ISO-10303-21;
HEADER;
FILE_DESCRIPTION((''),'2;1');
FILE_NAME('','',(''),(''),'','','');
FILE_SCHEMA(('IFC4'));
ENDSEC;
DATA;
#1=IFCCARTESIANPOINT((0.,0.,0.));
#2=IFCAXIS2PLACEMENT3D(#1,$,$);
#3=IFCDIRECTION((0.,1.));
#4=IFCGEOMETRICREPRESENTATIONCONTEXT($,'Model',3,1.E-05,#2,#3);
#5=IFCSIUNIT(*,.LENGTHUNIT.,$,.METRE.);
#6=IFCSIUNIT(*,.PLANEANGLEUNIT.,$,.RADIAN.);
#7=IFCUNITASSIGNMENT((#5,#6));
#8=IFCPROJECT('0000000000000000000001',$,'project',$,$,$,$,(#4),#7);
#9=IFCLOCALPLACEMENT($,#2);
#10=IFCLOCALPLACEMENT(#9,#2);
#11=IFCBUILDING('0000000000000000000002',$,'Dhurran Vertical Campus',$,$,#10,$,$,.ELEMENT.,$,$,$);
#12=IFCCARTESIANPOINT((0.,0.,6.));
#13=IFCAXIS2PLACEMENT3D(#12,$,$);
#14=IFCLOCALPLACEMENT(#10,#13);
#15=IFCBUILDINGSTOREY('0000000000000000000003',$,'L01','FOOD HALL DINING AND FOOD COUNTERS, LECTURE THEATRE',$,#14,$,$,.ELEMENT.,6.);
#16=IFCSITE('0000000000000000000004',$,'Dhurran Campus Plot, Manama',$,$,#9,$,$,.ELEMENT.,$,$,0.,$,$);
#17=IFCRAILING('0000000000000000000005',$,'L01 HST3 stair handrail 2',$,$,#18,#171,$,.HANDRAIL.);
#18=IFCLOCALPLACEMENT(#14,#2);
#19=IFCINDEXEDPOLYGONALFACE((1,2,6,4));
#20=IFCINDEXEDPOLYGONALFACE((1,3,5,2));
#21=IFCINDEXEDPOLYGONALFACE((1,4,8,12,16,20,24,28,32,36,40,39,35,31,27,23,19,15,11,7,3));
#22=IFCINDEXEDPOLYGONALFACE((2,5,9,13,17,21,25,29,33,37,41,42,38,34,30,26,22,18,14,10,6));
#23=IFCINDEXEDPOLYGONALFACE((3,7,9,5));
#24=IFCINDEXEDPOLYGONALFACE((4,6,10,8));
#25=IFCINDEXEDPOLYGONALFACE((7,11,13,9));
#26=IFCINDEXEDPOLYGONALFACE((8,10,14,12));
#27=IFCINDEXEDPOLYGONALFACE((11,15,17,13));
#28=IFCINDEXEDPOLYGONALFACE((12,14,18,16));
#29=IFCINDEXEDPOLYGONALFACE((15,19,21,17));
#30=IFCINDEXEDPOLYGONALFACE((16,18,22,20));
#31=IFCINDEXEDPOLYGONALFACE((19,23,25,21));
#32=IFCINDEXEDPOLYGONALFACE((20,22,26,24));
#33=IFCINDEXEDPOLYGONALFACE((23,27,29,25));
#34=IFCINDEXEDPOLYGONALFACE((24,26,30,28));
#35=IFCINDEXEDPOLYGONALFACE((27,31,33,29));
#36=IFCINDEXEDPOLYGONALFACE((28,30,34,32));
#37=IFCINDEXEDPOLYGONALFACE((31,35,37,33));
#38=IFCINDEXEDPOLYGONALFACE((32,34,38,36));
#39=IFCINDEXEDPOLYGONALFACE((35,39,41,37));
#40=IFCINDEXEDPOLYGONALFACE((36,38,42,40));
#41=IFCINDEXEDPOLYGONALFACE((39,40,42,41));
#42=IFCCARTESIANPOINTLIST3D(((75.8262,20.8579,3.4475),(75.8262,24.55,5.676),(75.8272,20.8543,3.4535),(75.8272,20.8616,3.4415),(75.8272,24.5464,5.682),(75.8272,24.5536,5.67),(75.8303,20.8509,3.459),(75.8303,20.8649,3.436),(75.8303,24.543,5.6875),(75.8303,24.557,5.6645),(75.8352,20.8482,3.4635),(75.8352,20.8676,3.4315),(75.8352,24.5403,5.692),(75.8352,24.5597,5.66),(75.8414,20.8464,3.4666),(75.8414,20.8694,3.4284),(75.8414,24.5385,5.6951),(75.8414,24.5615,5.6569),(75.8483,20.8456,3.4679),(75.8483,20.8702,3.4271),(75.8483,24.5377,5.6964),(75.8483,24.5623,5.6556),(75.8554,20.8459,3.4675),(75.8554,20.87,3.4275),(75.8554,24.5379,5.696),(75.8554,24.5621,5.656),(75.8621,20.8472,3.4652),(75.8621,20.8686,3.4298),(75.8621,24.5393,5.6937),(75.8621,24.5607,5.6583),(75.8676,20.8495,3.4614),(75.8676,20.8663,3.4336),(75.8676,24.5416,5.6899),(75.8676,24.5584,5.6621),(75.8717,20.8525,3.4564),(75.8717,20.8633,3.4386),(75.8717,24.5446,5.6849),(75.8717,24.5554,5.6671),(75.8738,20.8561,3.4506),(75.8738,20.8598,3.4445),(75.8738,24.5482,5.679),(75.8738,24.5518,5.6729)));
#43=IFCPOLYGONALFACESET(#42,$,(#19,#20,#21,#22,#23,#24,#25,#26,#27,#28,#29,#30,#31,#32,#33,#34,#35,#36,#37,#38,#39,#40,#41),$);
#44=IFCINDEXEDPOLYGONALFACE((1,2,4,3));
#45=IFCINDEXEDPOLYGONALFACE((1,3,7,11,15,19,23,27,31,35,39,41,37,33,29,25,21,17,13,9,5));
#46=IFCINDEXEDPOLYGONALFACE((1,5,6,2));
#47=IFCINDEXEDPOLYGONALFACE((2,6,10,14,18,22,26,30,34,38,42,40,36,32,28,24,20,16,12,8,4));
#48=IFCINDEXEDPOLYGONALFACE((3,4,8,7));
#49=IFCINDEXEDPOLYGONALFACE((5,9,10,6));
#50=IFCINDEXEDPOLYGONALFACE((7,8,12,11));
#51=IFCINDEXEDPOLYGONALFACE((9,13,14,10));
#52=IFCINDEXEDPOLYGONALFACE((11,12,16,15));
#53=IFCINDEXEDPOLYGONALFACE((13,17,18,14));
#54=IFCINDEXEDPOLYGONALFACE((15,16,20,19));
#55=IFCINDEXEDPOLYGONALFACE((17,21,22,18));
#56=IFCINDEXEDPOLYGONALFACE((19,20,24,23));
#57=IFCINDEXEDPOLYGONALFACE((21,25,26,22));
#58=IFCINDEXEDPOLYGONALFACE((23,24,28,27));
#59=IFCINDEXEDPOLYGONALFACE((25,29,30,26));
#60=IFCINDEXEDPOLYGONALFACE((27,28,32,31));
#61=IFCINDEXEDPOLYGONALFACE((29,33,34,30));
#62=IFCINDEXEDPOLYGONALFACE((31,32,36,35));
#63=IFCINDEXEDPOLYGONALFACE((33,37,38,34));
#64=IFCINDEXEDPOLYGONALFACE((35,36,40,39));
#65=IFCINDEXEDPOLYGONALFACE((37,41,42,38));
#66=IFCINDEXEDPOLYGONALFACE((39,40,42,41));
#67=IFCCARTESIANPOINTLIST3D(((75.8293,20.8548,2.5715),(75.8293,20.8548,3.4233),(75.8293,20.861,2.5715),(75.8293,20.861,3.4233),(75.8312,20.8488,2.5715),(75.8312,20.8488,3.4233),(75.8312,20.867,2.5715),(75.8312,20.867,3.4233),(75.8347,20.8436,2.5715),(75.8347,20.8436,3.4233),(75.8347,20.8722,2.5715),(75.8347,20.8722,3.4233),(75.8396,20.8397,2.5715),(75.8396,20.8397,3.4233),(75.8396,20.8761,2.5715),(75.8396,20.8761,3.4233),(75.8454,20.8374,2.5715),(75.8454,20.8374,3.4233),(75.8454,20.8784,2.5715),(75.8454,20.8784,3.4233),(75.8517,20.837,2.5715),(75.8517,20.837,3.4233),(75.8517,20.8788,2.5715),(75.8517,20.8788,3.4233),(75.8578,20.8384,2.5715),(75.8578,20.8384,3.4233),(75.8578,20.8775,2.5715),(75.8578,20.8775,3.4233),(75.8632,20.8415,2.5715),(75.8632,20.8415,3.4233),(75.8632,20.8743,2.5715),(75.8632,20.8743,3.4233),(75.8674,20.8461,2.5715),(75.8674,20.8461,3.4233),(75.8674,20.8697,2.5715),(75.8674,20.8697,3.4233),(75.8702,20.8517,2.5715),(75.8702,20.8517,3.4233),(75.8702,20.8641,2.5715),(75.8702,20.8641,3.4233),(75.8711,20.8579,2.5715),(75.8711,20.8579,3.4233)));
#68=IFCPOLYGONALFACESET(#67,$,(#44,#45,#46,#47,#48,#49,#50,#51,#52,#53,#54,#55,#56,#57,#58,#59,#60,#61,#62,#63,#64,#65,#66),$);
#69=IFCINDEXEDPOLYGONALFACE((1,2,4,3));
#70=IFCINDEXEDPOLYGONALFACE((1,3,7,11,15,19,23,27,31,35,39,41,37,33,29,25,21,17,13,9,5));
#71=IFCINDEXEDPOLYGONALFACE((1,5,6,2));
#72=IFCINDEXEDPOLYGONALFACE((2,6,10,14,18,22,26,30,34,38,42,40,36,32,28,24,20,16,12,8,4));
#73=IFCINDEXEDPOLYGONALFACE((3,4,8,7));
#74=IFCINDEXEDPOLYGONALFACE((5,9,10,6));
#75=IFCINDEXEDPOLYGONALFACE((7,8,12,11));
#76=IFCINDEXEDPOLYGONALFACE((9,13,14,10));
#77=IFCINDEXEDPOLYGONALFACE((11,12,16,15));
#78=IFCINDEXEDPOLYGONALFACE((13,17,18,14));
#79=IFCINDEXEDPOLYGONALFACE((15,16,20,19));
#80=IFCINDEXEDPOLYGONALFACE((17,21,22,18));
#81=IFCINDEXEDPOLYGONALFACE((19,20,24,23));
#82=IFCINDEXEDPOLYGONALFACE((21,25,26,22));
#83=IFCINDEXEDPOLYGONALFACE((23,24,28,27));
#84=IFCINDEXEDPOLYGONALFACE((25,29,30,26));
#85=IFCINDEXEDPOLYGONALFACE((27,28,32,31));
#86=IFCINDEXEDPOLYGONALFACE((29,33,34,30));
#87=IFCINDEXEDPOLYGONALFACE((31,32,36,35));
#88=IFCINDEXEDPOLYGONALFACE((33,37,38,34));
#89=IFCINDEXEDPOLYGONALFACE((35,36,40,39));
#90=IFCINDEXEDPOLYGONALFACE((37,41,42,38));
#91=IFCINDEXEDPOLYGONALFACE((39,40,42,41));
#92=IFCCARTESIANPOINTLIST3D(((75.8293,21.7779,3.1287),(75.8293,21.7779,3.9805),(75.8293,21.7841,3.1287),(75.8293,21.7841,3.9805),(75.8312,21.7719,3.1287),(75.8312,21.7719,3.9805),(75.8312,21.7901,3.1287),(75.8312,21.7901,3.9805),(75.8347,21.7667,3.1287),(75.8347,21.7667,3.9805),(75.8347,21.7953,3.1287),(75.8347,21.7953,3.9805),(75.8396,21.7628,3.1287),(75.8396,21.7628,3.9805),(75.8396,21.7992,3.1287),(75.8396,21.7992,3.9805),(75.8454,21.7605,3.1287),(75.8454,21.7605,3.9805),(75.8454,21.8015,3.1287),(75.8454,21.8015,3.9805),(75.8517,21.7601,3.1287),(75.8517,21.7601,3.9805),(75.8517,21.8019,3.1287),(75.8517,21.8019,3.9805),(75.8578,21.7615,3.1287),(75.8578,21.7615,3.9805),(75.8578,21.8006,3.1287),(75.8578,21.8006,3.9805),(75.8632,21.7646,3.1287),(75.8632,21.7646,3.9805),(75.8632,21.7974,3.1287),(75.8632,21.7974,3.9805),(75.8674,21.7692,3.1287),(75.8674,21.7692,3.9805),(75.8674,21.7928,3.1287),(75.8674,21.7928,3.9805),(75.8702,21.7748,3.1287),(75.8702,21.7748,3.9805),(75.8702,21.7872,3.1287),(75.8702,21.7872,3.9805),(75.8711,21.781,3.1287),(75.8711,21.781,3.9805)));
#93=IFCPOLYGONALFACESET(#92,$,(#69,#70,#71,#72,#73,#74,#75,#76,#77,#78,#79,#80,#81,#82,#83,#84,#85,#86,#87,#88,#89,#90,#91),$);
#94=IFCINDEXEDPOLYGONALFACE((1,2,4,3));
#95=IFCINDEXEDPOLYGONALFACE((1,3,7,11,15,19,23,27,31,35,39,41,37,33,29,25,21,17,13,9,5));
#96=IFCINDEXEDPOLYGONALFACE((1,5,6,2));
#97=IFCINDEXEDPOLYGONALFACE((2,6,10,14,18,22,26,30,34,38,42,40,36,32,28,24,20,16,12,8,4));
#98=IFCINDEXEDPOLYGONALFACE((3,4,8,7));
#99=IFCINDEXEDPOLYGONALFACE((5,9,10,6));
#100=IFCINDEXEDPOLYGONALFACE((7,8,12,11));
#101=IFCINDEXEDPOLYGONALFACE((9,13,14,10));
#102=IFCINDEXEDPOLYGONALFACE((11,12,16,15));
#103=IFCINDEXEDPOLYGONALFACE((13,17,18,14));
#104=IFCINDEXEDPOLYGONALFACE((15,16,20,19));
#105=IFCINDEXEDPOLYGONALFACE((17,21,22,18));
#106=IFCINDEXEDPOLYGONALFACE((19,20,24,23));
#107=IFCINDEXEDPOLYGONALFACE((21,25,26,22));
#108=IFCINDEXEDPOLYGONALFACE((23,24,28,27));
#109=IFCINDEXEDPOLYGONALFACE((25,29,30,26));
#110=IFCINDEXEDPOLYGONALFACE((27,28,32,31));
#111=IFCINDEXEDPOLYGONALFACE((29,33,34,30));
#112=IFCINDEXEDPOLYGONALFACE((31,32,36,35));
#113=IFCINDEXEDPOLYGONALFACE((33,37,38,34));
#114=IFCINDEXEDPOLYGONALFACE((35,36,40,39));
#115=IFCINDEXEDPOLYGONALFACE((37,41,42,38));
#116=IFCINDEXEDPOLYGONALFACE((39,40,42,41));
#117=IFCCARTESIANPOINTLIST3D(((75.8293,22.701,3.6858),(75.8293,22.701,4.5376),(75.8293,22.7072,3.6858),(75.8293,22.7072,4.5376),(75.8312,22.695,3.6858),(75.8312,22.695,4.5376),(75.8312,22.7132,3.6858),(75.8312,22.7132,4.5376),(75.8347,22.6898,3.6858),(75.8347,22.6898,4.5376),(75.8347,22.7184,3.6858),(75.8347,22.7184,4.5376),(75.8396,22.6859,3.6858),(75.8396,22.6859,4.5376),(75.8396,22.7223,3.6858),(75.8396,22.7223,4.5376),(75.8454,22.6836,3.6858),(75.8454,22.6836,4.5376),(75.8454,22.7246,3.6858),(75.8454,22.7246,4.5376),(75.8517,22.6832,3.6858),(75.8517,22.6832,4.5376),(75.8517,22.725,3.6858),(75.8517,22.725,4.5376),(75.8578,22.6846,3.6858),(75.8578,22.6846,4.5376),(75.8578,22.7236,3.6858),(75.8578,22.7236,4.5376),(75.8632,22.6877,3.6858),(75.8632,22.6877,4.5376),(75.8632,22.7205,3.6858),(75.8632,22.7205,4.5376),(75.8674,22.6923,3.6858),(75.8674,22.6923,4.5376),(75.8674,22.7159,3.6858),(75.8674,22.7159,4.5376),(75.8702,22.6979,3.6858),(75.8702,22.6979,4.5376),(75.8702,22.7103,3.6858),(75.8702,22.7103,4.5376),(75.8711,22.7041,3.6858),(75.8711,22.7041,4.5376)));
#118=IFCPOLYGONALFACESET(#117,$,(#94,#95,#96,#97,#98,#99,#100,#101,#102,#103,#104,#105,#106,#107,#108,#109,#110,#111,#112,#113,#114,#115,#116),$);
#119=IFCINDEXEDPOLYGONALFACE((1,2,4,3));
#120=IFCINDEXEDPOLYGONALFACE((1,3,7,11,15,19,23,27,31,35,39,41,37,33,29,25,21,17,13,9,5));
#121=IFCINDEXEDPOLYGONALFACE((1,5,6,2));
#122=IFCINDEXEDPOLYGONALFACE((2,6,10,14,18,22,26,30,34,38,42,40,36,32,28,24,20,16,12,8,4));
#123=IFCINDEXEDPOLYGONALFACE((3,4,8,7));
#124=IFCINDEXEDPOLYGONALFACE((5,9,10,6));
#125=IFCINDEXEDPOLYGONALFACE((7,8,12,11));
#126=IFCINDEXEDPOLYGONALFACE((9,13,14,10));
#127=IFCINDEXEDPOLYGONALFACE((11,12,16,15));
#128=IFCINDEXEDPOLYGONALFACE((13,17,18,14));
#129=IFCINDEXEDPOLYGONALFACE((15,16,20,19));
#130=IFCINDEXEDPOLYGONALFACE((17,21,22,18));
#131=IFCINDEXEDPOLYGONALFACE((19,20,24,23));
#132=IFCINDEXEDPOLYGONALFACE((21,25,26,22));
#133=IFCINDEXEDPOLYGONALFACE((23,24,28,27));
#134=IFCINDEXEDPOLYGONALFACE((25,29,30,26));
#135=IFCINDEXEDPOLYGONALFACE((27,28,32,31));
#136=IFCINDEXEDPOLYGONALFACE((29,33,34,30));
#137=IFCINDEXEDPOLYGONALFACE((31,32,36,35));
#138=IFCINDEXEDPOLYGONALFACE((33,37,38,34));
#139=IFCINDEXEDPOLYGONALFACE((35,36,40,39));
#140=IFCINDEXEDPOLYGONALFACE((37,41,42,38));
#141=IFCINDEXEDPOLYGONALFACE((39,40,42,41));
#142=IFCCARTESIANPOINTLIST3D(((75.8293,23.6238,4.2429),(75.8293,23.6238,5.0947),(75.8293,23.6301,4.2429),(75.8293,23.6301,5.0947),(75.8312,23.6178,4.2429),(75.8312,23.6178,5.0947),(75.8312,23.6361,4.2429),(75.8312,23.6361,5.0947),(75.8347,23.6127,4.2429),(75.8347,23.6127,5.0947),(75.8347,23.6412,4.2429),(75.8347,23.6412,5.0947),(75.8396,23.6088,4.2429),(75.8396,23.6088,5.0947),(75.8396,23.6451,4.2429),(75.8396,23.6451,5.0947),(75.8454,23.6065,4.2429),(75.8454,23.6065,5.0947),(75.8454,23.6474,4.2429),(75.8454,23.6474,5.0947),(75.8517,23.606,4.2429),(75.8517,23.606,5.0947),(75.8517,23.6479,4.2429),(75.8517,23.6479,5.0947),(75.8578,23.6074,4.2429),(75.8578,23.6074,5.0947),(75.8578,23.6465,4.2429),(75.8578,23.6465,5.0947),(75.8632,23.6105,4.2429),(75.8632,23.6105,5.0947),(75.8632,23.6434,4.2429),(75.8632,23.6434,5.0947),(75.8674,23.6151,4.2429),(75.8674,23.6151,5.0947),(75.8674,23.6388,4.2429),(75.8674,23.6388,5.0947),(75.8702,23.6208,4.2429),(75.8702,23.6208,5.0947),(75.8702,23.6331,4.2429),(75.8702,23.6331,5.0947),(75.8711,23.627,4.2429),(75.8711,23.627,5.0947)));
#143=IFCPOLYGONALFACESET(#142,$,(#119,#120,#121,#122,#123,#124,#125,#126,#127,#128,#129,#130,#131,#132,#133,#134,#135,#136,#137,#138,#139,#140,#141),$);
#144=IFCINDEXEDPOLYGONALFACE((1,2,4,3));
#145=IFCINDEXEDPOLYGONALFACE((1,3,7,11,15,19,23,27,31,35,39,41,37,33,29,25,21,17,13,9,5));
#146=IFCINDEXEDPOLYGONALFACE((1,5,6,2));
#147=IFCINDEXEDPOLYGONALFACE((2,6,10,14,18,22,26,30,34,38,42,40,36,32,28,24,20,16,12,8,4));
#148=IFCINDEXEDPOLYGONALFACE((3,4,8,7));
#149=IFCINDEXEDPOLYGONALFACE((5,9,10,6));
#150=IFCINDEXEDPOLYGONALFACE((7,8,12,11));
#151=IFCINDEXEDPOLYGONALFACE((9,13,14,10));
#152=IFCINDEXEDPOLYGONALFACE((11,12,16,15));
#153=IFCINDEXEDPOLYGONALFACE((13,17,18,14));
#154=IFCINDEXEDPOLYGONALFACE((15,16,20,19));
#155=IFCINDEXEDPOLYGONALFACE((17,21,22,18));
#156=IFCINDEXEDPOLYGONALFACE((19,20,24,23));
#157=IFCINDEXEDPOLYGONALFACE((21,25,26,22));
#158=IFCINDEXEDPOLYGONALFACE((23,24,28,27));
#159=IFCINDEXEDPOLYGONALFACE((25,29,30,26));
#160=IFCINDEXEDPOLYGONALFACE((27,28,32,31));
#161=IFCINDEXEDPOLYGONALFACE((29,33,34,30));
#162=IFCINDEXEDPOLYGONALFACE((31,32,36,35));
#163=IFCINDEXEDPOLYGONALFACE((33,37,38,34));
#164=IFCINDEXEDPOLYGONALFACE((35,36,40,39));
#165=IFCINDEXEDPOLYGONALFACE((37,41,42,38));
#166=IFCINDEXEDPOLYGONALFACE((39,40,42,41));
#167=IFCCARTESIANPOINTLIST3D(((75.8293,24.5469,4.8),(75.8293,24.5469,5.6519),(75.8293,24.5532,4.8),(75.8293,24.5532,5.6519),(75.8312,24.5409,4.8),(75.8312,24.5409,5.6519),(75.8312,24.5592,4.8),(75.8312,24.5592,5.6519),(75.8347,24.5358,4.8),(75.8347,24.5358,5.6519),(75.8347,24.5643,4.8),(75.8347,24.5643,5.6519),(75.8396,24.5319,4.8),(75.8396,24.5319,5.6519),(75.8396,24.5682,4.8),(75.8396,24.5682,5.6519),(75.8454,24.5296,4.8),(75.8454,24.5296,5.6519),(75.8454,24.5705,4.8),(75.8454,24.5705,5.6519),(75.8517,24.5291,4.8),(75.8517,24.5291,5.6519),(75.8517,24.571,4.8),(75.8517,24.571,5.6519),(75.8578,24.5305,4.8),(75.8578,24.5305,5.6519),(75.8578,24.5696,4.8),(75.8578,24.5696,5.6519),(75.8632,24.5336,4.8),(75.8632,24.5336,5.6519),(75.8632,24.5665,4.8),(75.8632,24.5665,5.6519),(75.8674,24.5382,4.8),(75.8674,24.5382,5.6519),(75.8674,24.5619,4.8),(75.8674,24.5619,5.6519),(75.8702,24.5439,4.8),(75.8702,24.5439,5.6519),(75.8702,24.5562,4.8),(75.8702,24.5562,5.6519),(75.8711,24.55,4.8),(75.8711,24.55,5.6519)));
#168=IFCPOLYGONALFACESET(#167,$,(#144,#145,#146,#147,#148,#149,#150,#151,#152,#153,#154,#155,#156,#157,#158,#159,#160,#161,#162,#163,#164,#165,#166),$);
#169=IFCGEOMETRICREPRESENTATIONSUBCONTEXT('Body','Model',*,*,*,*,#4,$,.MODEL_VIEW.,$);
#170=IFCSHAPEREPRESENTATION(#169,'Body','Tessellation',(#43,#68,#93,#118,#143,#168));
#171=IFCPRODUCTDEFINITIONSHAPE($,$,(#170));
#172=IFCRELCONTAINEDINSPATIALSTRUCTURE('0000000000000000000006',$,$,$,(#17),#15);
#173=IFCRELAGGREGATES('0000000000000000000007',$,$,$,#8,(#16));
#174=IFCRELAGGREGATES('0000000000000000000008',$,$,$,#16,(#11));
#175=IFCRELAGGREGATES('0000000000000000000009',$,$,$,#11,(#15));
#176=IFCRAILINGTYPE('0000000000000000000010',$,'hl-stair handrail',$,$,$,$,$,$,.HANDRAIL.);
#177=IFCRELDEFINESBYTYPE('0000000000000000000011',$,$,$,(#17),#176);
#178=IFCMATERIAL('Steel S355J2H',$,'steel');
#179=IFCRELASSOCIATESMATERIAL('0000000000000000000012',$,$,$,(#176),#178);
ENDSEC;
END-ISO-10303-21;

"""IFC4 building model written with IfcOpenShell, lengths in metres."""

from ifc_helpers import new_model, si_unit, direction, frame, origin, origin_2d, place, context, subcontext, project, spatial, circle, extrude, material, type_object, element, save


model = new_model("IFC4")

# Units and contexts
model_context = context("Model", 3, precision=1e-05, world=origin(), true_north=direction((0.0, 1.0)))
body_context = subcontext(model_context, "Body", "Model", "MODEL_VIEW")
ifc_project = project(units=[si_unit("LENGTHUNIT", "METRE"), si_unit("PLANEANGLEUNIT", "RADIAN")], contexts=[model_context])

# Site, building, storey
site_placement = place(None, origin())
site = spatial("IfcSite", under=ifc_project, at=site_placement, Name="Dhurran Campus Plot, Manama", CompositionType="ELEMENT", RefElevation=0.0)
building_placement = place(site_placement, origin())
building = spatial("IfcBuilding", under=site, at=building_placement, Name="Dhurran Vertical Campus", CompositionType="ELEMENT")
storey_placement = place(building_placement, frame((0.0, 0.0, 6.0)))
storey = spatial("IfcBuildingStorey", under=building, at=storey_placement, Name="L01", Description="FOOD HALL DINING AND FOOD COUNTERS, LECTURE THEATRE", CompositionType="ELEMENT", Elevation=6.0)

# Railing
ifc_material_1 = material(Name="Steel S355J2H", Category="steel")
railing_type_1 = type_object("IfcRailingType", Name="hl-stair handrail", PredefinedType="HANDRAIL", material=ifc_material_1)
railing_1_placement = place(storey_placement, frame((75.8501, 20.8579, 2.5715)))
element("IfcRailing", 1, at=railing_1_placement, inside=storey, type_object=railing_type_1, Name="L01 HST3 stair handrail 2", PredefinedType="HANDRAIL", context=body_context, shape_type="SweptSolid", body=[
    extrude(circle(Radius=0.0239, at=origin_2d()), frame((0.0, 0.0, 0.876), z_axis=(0.0, 0.856136, 0.51675), x_axis=(-1.0, 0.0, 0.0)), (0.0, 0.0, 1.0), 4.3125),
    extrude(circle(Radius=0.021, at=origin_2d()), origin(), (0.0, 0.0, 1.0), 0.8518),
    extrude(circle(Radius=0.021, at=origin_2d()), frame((0.0, 0.9231, 0.5571)), (0.0, 0.0, 1.0), 0.8518),
    extrude(circle(Radius=0.021, at=origin_2d()), frame((0.0, 1.8462, 1.1143)), (0.0, 0.0, 1.0), 0.8518),
    extrude(circle(Radius=0.021, at=origin_2d()), frame((0.0, 2.769, 1.6714)), (0.0, 0.0, 1.0), 0.8518),
    extrude(circle(Radius=0.021, at=origin_2d()), frame((0.0, 3.6921, 2.2285)), (0.0, 0.0, 1.0), 0.8518),
])

save(model, "model.ifc")
